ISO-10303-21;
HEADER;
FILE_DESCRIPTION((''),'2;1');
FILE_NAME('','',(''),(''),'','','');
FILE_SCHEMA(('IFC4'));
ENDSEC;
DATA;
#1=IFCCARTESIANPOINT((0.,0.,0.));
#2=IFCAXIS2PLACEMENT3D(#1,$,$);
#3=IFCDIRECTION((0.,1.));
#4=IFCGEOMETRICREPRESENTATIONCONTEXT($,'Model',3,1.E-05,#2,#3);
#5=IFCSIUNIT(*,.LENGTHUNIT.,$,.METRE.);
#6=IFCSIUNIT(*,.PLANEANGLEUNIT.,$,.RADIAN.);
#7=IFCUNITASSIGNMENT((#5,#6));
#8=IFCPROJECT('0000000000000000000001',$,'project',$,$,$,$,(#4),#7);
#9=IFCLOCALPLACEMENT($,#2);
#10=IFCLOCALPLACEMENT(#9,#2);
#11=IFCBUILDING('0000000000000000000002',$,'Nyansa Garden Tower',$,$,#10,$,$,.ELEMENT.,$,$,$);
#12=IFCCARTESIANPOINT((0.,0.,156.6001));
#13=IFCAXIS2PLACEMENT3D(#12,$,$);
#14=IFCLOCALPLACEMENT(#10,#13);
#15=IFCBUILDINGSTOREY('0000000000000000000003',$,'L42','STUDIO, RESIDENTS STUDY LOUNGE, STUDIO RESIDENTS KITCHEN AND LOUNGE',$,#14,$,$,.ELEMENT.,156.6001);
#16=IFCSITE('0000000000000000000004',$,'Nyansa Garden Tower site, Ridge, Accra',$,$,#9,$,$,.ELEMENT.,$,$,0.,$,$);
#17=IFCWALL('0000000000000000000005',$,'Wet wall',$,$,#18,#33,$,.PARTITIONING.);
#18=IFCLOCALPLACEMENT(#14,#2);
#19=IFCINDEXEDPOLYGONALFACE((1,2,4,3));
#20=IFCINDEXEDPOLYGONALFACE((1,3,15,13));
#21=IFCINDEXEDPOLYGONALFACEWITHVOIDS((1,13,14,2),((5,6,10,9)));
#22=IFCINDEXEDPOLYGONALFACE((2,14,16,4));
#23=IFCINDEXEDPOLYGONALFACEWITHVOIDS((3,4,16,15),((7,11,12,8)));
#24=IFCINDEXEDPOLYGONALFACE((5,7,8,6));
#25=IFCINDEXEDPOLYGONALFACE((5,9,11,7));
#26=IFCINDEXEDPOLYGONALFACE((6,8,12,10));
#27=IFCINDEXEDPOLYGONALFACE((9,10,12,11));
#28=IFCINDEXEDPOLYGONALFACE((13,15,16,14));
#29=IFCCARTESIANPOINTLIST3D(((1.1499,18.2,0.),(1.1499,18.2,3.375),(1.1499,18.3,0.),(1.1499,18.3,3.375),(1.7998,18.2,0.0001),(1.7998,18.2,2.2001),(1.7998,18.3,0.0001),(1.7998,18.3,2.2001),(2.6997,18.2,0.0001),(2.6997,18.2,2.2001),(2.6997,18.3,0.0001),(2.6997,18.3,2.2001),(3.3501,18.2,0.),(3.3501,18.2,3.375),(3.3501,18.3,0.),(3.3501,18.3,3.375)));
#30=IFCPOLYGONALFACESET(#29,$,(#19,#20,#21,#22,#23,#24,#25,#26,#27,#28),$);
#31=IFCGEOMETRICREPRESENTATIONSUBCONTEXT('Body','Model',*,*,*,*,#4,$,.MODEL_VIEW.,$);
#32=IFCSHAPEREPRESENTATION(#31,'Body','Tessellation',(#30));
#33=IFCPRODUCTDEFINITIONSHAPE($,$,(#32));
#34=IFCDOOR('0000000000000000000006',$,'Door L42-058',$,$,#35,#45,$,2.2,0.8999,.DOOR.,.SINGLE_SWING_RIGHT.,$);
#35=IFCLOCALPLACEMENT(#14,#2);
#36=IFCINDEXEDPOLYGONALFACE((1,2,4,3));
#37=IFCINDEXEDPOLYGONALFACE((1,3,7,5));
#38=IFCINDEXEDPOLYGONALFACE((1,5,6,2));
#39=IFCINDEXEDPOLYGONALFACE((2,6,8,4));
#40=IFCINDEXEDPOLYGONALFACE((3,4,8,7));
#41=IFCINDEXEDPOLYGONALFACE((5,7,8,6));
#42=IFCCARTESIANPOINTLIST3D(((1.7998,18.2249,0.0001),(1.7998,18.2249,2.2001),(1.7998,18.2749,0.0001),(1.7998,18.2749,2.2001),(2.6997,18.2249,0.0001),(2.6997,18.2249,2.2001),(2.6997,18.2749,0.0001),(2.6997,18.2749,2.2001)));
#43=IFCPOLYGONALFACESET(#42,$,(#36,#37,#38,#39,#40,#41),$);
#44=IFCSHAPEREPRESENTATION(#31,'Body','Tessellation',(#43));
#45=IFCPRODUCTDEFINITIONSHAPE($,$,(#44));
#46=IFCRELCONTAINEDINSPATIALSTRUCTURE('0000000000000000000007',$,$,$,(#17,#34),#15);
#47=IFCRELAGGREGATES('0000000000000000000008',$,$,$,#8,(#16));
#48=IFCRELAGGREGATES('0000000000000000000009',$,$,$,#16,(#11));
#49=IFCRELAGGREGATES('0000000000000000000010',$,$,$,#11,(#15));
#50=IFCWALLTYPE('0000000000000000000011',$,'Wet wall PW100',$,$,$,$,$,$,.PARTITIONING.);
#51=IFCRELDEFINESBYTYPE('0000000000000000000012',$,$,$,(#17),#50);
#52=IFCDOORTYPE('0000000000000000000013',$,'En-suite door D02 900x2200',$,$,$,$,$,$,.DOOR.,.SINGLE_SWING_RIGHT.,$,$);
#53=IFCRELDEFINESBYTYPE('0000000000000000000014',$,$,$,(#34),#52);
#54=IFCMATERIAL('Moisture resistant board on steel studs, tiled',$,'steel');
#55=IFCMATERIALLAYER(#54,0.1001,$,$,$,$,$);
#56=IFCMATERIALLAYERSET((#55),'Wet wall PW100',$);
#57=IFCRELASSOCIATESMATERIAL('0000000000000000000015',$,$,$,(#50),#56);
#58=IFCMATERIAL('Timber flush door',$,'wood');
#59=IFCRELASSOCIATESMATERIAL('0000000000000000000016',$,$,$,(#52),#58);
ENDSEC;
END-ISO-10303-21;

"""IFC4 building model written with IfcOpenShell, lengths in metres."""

from ifc_helpers import new_model, si_unit, direction, frame, frame_2d, origin, place, context, subcontext, project, spatial, rectangle, extrude, material, layer, layer_set, type_object, element, fill, save


model = new_model("IFC4")

# Units and contexts
model_context = context("Model", 3, precision=1e-05, world=origin(), true_north=direction((0.0, 1.0)))
body_context = subcontext(model_context, "Body", "Model", "MODEL_VIEW")
ifc_project = project(units=[si_unit("LENGTHUNIT", "METRE"), si_unit("PLANEANGLEUNIT", "RADIAN")], contexts=[model_context])

# Site, building, storey
site_placement = place(None, origin())
site = spatial("IfcSite", under=ifc_project, at=site_placement, Name="Nyansa Garden Tower site, Ridge, Accra", CompositionType="ELEMENT", RefElevation=0.0)
building_placement = place(site_placement, origin())
building = spatial("IfcBuilding", under=site, at=building_placement, Name="Nyansa Garden Tower", CompositionType="ELEMENT")
storey_placement = place(building_placement, frame((0.0, 0.0, 156.6001)))
storey = spatial("IfcBuildingStorey", under=building, at=storey_placement, Name="L42", Description="STUDIO, RESIDENTS STUDY LOUNGE, STUDIO RESIDENTS KITCHEN AND LOUNGE", CompositionType="ELEMENT", Elevation=156.6001)

# Shared definitions
ifc_material_1 = material(Name="Moisture resistant board on steel studs, tiled", Category="steel")
ifc_layer_1 = layer(ifc_material_1, 0.1001)
ifc_layer_set_1 = layer_set([ifc_layer_1], Name="Wet wall PW100")
wall_type_1 = type_object("IfcWallType", Name="Wet wall PW100", PredefinedType="PARTITIONING", material=ifc_layer_set_1)

# Shared definitions
ifc_material_2 = material(Name="Timber flush door", Category="wood")
door_type = type_object("IfcDoorType", Name="En-suite door D02 900x2200", OperationType="SINGLE_SWING_RIGHT", PredefinedType="DOOR", material=ifc_material_2)

# Wall, opening, door
wall_1_placement = place(storey_placement, frame((1.1499, 18.25, 0.0), z_axis=(0.0, 0.0, 1.0), x_axis=(1.0, 0.0, 0.0)))
wall_1 = element("IfcWall", 1, at=wall_1_placement, inside=storey, type_object=wall_type_1, Name="Wet wall", PredefinedType="PARTITIONING", context=body_context, shape_type="SweptSolid", body=[
    extrude(rectangle(XDim=2.2002, YDim=0.1001, at=frame_2d((1.1001, 0.0))), origin(), (0.0, 0.0, 1.0), 3.375),
])
opening_1_placement = place(wall_1_placement, frame((0.6499, 0.0, 0.0)))
opening_1 = element("IfcOpeningElement", 2, at=opening_1_placement, cuts=wall_1, PredefinedType="OPENING", context=body_context, shape_type="SweptSolid", body=[
    extrude(rectangle(XDim=0.8999, YDim=2.2, at=frame_2d((0.45, 1.1001))), frame((0.0, 0.0601, 0.0), z_axis=(0.0, -1.0, 0.0), x_axis=(1.0, 0.0, 0.0)), (0.0, 0.0, 1.0), 0.1201),
])
door_1_placement = place(opening_1_placement, origin())
door_1 = element("IfcDoor", 3, at=door_1_placement, inside=storey, type_object=door_type, Name="Door L42-058", OperationType="SINGLE_SWING_RIGHT", OverallHeight=2.2, OverallWidth=0.8999, PredefinedType="DOOR", context=body_context, shape_type="SweptSolid", body=[
    extrude(rectangle(XDim=0.8999, YDim=2.2, at=frame_2d((0.45, 1.1001))), frame((0.0, 0.0249, 0.0), z_axis=(0.0, -1.0, 0.0), x_axis=(1.0, 0.0, 0.0)), (0.0, 0.0, 1.0), 0.05),
])
fill(opening_1, door_1)

save(model, "model.ifc")
